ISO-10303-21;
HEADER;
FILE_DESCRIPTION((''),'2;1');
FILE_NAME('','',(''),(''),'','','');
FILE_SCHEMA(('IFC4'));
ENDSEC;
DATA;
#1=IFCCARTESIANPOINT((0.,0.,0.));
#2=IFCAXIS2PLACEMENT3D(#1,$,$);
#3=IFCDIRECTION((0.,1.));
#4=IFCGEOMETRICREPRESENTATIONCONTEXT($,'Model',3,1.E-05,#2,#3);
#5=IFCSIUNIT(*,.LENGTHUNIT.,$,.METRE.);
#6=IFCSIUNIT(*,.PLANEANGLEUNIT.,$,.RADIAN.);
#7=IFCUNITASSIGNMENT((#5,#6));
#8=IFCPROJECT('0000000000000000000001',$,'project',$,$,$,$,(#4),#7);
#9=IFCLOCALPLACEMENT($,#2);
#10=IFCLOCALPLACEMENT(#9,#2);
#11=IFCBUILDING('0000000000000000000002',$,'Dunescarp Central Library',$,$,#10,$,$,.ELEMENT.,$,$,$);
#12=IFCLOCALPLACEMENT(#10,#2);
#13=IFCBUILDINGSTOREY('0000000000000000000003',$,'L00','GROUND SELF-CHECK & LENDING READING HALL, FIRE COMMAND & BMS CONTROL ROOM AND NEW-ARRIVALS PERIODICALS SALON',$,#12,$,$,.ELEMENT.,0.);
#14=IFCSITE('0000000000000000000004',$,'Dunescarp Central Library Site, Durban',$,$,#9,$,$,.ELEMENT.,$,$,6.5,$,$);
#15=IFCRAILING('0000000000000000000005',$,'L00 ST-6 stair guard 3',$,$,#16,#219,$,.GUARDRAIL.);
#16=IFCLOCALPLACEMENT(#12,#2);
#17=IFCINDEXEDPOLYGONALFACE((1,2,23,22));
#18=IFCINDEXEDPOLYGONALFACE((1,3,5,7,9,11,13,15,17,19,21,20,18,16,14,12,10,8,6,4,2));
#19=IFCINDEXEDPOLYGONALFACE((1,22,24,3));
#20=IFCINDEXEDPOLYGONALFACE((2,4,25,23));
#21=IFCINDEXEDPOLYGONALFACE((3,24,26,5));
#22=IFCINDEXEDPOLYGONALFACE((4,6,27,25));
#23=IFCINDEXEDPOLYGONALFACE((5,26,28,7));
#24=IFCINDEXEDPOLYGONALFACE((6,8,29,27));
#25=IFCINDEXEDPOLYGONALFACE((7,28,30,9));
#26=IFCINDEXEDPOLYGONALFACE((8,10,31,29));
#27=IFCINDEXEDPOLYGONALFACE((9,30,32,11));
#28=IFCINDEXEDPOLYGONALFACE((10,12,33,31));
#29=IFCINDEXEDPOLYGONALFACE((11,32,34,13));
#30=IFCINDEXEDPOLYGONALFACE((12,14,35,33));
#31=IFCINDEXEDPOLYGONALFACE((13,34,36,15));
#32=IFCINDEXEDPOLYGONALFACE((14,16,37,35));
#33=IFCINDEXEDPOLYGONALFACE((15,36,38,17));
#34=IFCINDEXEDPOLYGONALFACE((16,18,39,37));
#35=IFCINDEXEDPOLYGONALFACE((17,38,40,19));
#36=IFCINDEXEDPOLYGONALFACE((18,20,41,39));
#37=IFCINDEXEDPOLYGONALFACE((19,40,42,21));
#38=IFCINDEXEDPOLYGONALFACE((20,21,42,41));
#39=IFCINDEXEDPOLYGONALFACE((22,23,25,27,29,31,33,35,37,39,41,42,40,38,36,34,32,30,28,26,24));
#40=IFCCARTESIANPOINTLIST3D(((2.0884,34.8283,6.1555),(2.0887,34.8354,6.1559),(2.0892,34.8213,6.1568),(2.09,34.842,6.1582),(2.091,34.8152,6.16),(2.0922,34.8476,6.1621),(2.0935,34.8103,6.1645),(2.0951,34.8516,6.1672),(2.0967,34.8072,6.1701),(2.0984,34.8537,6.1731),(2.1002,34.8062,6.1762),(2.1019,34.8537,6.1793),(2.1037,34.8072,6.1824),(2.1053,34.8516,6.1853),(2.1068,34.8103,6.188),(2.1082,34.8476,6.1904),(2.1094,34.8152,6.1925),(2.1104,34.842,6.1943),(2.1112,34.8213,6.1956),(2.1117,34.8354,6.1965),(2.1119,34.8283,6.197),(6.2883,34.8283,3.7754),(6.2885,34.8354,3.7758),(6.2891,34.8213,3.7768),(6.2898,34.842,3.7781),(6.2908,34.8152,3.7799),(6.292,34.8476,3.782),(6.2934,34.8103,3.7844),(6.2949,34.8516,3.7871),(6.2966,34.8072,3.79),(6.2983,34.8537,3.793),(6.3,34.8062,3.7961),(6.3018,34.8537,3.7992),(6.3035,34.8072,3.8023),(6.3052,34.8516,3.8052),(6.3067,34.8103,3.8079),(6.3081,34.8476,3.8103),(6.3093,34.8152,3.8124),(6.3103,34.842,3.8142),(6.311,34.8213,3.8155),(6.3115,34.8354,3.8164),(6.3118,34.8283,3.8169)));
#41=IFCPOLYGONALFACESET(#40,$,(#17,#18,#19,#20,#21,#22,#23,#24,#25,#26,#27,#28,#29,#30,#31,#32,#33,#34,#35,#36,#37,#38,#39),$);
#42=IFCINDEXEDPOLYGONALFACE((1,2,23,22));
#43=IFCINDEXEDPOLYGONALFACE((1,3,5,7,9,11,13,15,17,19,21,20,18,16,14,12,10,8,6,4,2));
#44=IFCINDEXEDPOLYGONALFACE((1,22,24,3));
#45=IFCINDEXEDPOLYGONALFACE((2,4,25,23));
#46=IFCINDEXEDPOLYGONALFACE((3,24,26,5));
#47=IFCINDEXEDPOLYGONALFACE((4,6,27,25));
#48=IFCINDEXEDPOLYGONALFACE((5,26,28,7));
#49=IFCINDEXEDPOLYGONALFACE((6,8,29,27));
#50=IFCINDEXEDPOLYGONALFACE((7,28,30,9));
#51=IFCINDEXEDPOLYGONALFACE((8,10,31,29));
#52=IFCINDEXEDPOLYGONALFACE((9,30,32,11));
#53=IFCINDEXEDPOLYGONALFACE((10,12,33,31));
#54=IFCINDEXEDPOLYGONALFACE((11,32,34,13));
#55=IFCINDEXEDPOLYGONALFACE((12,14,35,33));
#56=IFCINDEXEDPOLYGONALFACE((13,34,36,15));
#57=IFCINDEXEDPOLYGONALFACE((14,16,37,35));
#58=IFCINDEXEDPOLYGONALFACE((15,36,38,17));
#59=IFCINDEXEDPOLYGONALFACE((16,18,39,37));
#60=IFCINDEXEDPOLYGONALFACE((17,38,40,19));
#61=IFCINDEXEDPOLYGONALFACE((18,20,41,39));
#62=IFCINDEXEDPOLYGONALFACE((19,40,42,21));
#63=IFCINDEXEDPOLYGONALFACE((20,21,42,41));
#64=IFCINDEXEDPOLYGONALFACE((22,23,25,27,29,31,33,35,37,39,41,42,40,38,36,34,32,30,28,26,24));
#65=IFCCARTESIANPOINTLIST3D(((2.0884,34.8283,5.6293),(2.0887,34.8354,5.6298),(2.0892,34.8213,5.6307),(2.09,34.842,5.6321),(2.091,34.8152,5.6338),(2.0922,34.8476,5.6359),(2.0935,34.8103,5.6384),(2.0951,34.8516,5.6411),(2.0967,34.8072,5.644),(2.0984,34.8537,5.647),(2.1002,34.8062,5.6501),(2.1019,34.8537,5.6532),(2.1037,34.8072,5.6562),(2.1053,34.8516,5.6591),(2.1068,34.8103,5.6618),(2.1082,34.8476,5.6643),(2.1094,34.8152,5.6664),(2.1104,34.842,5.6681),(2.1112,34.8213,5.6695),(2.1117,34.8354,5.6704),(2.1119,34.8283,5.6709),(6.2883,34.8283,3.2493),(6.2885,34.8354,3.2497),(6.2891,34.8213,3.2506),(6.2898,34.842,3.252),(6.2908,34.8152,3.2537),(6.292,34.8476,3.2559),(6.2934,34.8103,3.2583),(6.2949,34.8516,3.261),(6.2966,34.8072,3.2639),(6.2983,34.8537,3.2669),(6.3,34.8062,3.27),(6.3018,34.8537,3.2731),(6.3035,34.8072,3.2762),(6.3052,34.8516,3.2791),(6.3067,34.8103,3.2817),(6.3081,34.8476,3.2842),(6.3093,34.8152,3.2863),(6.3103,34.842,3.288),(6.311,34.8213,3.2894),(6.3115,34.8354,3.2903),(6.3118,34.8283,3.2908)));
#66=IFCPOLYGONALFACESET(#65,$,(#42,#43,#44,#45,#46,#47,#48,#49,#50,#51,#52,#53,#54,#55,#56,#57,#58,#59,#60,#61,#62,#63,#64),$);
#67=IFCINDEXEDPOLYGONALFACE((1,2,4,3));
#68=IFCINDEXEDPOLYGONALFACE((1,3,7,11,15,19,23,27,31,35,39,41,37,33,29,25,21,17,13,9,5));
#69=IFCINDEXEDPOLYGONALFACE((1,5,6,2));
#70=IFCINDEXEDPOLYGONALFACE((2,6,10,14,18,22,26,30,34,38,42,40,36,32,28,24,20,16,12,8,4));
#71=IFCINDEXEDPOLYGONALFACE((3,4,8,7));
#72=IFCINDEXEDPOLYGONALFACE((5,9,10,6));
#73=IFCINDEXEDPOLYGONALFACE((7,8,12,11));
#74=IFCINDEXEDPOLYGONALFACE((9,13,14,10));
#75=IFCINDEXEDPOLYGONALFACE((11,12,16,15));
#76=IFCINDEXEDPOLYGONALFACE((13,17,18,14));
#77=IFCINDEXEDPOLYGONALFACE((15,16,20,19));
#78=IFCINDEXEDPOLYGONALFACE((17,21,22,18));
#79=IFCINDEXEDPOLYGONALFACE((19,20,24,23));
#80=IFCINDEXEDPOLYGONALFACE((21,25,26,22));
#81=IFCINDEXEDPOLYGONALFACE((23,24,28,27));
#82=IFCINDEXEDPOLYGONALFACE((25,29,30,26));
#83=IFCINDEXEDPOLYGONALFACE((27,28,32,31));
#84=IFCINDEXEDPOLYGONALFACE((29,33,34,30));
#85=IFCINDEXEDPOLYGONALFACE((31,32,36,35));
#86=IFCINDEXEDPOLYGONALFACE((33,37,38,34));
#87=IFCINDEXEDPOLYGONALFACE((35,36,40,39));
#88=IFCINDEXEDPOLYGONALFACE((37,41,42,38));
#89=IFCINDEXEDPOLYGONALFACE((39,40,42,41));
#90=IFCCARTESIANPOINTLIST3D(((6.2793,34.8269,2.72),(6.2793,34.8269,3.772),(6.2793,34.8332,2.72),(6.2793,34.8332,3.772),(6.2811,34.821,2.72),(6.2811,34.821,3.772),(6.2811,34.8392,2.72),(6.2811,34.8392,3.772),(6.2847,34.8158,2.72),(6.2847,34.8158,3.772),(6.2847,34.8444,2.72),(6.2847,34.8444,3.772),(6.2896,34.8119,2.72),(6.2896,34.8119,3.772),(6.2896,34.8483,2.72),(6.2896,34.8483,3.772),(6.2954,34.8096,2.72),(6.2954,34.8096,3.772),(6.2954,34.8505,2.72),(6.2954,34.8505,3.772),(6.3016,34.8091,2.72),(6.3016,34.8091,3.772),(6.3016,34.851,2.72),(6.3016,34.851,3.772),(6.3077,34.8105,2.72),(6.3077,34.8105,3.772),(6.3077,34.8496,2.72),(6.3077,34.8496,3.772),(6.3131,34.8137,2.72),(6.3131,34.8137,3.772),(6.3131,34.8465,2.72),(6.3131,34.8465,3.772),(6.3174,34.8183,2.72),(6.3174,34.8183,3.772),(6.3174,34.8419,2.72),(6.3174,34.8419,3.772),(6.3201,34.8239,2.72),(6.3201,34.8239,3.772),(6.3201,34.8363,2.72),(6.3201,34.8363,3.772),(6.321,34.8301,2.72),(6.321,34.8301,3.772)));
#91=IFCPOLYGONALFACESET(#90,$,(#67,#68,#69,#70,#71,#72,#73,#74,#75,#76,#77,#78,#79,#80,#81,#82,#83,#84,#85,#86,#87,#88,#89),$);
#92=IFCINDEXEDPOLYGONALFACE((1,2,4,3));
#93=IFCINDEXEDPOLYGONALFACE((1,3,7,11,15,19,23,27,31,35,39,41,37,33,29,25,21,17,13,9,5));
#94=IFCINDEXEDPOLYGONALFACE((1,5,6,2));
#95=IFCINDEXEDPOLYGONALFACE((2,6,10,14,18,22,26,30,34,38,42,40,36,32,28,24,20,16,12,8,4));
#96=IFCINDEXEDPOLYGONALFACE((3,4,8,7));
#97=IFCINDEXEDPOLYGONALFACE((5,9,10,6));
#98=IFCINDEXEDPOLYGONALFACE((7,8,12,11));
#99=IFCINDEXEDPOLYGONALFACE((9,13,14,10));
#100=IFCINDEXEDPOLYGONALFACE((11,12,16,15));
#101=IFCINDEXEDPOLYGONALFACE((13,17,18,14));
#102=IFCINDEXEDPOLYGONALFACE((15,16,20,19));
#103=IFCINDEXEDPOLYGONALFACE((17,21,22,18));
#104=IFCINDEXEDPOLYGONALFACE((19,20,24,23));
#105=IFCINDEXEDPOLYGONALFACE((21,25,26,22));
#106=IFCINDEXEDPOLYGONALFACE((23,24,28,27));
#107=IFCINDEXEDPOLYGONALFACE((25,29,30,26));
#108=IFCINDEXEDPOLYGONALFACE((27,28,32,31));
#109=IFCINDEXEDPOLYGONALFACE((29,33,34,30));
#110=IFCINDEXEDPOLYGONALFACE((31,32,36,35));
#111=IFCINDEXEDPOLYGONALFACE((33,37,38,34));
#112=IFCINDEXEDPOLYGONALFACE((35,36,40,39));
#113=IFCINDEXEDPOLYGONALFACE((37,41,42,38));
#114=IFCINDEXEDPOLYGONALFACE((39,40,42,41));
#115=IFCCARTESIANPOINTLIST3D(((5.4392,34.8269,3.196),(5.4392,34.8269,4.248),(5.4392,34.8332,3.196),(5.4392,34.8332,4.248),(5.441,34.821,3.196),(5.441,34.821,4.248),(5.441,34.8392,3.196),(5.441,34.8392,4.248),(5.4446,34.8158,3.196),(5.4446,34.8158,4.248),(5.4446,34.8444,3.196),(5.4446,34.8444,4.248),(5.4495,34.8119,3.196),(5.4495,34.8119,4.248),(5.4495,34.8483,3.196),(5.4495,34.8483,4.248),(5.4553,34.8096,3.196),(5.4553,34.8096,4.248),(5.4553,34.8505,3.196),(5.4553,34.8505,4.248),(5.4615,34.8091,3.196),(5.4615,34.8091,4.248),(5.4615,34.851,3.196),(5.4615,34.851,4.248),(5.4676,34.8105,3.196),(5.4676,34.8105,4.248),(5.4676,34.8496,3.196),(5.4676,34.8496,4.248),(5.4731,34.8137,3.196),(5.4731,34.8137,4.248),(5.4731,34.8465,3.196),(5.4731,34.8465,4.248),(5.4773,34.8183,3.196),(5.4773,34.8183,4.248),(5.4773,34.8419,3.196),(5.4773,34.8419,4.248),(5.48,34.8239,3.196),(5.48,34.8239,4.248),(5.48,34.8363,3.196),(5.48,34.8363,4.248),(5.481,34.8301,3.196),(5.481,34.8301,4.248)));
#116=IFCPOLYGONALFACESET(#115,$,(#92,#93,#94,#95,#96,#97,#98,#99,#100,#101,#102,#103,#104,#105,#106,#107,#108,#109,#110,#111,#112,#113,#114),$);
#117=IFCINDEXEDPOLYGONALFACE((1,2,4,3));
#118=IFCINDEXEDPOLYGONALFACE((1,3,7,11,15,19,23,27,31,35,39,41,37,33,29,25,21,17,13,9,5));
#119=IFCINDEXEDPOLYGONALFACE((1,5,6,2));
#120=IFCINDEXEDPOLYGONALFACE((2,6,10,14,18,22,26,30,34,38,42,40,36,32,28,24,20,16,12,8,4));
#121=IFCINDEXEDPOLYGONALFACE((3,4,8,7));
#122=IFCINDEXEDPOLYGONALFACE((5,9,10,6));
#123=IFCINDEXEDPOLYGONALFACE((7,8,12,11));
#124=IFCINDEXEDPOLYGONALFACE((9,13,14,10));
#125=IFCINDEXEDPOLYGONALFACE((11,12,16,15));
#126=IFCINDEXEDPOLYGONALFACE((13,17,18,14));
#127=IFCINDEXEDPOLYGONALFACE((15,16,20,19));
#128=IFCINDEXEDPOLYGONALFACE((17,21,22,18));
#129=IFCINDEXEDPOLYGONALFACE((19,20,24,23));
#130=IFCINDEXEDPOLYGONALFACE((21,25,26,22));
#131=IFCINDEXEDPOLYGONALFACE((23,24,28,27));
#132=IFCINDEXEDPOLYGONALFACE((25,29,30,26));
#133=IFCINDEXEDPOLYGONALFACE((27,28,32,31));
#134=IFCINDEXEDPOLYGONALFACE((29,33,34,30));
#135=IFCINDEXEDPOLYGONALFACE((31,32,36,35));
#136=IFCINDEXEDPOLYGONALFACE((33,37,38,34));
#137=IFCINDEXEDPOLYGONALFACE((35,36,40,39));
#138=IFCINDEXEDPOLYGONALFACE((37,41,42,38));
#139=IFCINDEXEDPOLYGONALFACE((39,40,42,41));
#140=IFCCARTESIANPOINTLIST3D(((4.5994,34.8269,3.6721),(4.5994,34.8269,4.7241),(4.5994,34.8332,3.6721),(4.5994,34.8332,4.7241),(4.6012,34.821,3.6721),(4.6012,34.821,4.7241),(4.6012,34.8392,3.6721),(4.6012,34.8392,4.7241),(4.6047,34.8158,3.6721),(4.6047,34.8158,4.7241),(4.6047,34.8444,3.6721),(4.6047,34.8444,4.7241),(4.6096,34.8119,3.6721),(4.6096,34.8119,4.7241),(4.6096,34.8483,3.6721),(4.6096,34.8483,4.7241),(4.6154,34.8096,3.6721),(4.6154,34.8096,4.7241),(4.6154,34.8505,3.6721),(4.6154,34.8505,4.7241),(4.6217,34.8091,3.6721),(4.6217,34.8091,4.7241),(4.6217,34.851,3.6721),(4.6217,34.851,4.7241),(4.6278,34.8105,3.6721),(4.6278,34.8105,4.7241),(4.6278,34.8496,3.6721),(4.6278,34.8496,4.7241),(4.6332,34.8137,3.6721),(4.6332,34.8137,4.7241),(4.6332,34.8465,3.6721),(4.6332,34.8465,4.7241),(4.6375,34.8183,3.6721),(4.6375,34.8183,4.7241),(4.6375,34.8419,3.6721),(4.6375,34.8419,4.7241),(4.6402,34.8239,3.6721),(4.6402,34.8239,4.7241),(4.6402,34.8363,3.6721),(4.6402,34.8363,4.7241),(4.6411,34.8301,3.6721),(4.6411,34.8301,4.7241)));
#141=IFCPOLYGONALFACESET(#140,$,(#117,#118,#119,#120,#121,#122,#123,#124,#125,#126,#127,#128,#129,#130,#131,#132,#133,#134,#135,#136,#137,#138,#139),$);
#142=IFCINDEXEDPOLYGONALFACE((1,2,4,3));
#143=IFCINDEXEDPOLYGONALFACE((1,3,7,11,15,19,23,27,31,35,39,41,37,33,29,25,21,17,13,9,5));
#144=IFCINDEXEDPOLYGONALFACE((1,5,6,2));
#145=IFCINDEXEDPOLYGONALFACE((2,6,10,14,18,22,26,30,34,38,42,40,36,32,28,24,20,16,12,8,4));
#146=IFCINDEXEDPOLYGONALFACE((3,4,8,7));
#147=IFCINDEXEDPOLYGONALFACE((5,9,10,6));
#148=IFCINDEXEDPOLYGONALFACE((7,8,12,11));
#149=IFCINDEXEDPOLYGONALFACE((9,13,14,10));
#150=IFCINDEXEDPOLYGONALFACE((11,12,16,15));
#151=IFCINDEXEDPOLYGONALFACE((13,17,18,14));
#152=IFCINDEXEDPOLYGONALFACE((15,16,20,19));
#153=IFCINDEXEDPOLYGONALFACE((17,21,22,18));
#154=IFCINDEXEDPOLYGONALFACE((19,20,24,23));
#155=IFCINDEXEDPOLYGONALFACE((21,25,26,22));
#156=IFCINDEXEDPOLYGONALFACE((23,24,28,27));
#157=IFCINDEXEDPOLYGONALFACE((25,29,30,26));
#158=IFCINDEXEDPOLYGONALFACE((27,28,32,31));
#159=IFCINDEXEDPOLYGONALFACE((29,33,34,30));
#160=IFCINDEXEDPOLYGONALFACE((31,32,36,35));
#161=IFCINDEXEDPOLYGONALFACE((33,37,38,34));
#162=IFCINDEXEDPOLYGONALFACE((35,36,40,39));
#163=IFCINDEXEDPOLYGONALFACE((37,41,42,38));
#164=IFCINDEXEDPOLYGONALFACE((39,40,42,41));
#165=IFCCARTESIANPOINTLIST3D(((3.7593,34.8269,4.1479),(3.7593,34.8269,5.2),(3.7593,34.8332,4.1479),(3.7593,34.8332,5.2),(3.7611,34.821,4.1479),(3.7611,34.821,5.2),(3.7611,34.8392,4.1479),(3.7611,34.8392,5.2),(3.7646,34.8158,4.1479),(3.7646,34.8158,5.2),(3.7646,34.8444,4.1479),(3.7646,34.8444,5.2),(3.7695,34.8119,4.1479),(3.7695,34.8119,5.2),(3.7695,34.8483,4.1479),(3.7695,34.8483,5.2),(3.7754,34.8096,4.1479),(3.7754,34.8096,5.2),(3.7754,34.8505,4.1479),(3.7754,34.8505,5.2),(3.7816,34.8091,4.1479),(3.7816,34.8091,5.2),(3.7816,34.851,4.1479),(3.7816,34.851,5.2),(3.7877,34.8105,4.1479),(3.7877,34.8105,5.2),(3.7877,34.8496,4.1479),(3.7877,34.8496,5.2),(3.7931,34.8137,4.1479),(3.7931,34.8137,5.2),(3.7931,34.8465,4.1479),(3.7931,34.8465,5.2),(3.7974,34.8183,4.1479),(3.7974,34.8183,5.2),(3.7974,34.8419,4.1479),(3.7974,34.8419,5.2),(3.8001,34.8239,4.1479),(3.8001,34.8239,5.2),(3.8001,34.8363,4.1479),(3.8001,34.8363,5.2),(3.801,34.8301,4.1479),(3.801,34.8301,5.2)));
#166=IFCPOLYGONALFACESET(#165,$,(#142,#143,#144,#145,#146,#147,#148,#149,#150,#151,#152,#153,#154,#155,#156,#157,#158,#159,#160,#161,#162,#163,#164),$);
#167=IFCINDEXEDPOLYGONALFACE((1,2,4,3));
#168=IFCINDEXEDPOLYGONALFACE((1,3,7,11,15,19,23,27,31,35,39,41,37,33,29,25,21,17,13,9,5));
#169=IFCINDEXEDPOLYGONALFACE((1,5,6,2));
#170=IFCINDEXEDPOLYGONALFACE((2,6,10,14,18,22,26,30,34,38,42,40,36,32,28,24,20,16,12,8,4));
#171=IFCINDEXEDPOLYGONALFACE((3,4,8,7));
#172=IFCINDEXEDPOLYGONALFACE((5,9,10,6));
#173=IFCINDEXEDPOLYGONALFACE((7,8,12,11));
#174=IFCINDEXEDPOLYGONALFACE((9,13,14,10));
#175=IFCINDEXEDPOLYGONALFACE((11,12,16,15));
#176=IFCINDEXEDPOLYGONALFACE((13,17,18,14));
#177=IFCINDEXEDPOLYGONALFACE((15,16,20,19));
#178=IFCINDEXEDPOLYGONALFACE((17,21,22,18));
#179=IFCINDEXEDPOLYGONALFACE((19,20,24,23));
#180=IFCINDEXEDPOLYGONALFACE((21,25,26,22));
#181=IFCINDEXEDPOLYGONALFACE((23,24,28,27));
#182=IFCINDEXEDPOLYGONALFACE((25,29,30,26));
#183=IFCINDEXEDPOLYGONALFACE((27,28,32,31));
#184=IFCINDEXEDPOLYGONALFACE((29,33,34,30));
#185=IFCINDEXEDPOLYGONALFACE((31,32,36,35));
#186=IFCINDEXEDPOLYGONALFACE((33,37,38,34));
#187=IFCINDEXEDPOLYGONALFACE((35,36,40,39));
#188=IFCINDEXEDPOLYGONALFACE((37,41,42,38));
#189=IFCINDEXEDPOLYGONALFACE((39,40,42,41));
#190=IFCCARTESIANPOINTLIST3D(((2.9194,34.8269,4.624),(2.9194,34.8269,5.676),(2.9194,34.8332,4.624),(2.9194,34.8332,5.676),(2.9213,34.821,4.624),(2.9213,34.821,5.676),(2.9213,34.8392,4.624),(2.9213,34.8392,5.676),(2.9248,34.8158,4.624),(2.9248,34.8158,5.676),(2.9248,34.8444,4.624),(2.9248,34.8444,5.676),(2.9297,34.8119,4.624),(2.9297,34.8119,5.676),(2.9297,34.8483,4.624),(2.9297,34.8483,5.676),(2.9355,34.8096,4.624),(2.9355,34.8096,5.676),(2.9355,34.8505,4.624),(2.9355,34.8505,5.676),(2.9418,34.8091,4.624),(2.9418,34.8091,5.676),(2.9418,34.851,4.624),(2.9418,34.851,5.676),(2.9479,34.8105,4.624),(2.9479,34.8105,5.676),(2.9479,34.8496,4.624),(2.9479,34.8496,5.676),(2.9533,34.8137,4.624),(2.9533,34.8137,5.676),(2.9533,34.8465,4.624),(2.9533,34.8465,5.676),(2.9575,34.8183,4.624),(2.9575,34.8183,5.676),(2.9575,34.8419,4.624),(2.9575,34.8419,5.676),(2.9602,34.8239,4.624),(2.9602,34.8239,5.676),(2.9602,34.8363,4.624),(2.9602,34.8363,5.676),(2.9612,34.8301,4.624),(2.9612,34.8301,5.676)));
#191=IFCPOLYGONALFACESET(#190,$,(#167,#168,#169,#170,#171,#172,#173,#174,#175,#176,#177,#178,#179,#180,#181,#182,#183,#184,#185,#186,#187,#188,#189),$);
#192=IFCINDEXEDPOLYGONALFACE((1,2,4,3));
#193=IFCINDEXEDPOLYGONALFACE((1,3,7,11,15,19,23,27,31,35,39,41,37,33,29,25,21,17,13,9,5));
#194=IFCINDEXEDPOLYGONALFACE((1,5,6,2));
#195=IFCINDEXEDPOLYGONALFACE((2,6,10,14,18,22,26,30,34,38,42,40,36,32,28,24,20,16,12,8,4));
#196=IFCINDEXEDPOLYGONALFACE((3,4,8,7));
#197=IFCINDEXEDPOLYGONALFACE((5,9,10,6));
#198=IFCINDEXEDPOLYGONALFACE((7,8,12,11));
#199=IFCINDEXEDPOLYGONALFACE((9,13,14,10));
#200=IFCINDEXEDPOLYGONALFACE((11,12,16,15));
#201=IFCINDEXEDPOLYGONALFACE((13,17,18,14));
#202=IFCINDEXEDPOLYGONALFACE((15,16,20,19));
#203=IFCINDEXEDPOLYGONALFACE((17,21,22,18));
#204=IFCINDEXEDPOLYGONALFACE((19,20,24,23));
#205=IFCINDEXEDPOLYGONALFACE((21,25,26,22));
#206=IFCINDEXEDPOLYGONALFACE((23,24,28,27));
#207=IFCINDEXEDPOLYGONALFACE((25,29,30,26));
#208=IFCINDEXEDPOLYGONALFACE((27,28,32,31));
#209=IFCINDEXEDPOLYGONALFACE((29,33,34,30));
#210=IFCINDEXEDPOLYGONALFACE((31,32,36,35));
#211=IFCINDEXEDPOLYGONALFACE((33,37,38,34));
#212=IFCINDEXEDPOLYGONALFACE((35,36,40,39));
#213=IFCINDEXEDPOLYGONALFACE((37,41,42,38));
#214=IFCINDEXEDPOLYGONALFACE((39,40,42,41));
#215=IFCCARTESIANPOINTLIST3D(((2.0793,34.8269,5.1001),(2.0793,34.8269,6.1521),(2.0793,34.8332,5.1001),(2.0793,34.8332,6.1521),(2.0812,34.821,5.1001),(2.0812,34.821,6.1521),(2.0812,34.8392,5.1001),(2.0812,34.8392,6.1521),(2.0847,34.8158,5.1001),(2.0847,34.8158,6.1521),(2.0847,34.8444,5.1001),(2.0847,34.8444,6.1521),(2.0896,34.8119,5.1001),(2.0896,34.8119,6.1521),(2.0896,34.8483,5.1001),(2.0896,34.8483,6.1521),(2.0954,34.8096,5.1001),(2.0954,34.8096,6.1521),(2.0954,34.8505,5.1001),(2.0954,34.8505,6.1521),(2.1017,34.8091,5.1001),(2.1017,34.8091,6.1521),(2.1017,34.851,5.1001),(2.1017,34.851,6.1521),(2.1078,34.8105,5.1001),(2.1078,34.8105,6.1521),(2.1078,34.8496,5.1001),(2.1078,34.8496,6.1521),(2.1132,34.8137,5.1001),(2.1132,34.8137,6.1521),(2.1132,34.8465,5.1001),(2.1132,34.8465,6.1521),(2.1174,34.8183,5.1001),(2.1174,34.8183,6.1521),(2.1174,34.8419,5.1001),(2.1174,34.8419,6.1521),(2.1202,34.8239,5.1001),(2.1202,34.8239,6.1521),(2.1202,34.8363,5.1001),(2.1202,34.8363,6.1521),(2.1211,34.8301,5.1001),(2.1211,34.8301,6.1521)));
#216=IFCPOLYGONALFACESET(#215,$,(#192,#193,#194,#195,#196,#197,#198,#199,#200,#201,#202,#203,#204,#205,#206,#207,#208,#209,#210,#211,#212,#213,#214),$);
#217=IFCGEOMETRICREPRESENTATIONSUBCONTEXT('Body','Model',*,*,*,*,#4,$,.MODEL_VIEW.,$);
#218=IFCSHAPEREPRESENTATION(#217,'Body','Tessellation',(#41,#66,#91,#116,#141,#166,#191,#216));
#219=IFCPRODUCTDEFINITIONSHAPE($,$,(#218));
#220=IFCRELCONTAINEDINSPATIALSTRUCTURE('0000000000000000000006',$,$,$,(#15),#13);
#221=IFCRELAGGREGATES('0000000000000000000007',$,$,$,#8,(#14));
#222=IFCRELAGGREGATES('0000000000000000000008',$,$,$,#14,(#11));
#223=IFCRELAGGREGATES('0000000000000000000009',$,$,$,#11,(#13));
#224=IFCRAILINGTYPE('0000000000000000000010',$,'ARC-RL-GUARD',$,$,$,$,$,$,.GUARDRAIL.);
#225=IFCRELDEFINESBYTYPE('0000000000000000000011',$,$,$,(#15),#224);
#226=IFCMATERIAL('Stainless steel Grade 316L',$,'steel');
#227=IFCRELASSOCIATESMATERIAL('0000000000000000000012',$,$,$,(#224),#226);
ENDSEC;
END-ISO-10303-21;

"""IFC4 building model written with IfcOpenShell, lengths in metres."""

from ifc_helpers import new_model, si_unit, direction, frame, origin, origin_2d, place, context, subcontext, project, spatial, circle, extrude, material, type_object, element, save


model = new_model("IFC4")

# Units and contexts
model_context = context("Model", 3, precision=1e-05, world=origin(), true_north=direction((0.0, 1.0)))
body_context = subcontext(model_context, "Body", "Model", "MODEL_VIEW")
ifc_project = project(units=[si_unit("LENGTHUNIT", "METRE"), si_unit("PLANEANGLEUNIT", "RADIAN")], contexts=[model_context])

# Site, building, storey
site_placement = place(None, origin())
site = spatial("IfcSite", under=ifc_project, at=site_placement, Name="Dunescarp Central Library Site, Durban", CompositionType="ELEMENT", RefElevation=6.5)
building_placement = place(site_placement, origin())
building = spatial("IfcBuilding", under=site, at=building_placement, Name="Dunescarp Central Library", CompositionType="ELEMENT")
storey_placement = place(building_placement, origin())
storey = spatial("IfcBuildingStorey", under=building, at=storey_placement, Name="L00", Description="GROUND SELF-CHECK & LENDING READING HALL, FIRE COMMAND & BMS CONTROL ROOM AND NEW-ARRIVALS PERIODICALS SALON", CompositionType="ELEMENT", Elevation=0.0)

# Railing
ifc_material_1 = material(Name="Stainless steel Grade 316L", Category="steel")
railing_type_1 = type_object("IfcRailingType", Name="ARC-RL-GUARD", PredefinedType="GUARDRAIL", material=ifc_material_1)
railing_1_placement = place(storey_placement, frame((6.3, 34.8301, 2.72)))
element("IfcRailing", 1, at=railing_1_placement, inside=storey, type_object=railing_type_1, Name="L00 ST-6 stair guard 3", PredefinedType="GUARDRAIL", context=body_context, shape_type="SweptSolid", body=[
    extrude(circle(Radius=0.0239, at=origin_2d()), frame((0.0, 0.0, 1.0762), z_axis=(-0.870008, 0.0, 0.493037), x_axis=(0.0, -1.0, 0.0)), (0.0, 0.0, 1.0), 4.8274),
    extrude(circle(Radius=0.0239, at=origin_2d()), frame((0.0, 0.0, 0.55), z_axis=(-0.870008, 0.0, 0.493037), x_axis=(0.0, -1.0, 0.0)), (0.0, 0.0, 1.0), 4.8274),
    extrude(circle(Radius=0.021, at=origin_2d()), origin(), (0.0, 0.0, 1.0), 1.052),
    extrude(circle(Radius=0.021, at=origin_2d()), frame((-0.8401, 0.0, 0.4761)), (0.0, 0.0, 1.0), 1.052),
    extrude(circle(Radius=0.021, at=origin_2d()), frame((-1.6799, 0.0, 0.9521)), (0.0, 0.0, 1.0), 1.052),
    extrude(circle(Radius=0.021, at=origin_2d()), frame((-2.52, 0.0, 1.428)), (0.0, 0.0, 1.0), 1.052),
    extrude(circle(Radius=0.021, at=origin_2d()), frame((-3.3599, 0.0, 1.9041)), (0.0, 0.0, 1.0), 1.052),
    extrude(circle(Radius=0.021, at=origin_2d()), frame((-4.2, 0.0, 2.3801)), (0.0, 0.0, 1.0), 1.052),
])

save(model, "model.ifc")
